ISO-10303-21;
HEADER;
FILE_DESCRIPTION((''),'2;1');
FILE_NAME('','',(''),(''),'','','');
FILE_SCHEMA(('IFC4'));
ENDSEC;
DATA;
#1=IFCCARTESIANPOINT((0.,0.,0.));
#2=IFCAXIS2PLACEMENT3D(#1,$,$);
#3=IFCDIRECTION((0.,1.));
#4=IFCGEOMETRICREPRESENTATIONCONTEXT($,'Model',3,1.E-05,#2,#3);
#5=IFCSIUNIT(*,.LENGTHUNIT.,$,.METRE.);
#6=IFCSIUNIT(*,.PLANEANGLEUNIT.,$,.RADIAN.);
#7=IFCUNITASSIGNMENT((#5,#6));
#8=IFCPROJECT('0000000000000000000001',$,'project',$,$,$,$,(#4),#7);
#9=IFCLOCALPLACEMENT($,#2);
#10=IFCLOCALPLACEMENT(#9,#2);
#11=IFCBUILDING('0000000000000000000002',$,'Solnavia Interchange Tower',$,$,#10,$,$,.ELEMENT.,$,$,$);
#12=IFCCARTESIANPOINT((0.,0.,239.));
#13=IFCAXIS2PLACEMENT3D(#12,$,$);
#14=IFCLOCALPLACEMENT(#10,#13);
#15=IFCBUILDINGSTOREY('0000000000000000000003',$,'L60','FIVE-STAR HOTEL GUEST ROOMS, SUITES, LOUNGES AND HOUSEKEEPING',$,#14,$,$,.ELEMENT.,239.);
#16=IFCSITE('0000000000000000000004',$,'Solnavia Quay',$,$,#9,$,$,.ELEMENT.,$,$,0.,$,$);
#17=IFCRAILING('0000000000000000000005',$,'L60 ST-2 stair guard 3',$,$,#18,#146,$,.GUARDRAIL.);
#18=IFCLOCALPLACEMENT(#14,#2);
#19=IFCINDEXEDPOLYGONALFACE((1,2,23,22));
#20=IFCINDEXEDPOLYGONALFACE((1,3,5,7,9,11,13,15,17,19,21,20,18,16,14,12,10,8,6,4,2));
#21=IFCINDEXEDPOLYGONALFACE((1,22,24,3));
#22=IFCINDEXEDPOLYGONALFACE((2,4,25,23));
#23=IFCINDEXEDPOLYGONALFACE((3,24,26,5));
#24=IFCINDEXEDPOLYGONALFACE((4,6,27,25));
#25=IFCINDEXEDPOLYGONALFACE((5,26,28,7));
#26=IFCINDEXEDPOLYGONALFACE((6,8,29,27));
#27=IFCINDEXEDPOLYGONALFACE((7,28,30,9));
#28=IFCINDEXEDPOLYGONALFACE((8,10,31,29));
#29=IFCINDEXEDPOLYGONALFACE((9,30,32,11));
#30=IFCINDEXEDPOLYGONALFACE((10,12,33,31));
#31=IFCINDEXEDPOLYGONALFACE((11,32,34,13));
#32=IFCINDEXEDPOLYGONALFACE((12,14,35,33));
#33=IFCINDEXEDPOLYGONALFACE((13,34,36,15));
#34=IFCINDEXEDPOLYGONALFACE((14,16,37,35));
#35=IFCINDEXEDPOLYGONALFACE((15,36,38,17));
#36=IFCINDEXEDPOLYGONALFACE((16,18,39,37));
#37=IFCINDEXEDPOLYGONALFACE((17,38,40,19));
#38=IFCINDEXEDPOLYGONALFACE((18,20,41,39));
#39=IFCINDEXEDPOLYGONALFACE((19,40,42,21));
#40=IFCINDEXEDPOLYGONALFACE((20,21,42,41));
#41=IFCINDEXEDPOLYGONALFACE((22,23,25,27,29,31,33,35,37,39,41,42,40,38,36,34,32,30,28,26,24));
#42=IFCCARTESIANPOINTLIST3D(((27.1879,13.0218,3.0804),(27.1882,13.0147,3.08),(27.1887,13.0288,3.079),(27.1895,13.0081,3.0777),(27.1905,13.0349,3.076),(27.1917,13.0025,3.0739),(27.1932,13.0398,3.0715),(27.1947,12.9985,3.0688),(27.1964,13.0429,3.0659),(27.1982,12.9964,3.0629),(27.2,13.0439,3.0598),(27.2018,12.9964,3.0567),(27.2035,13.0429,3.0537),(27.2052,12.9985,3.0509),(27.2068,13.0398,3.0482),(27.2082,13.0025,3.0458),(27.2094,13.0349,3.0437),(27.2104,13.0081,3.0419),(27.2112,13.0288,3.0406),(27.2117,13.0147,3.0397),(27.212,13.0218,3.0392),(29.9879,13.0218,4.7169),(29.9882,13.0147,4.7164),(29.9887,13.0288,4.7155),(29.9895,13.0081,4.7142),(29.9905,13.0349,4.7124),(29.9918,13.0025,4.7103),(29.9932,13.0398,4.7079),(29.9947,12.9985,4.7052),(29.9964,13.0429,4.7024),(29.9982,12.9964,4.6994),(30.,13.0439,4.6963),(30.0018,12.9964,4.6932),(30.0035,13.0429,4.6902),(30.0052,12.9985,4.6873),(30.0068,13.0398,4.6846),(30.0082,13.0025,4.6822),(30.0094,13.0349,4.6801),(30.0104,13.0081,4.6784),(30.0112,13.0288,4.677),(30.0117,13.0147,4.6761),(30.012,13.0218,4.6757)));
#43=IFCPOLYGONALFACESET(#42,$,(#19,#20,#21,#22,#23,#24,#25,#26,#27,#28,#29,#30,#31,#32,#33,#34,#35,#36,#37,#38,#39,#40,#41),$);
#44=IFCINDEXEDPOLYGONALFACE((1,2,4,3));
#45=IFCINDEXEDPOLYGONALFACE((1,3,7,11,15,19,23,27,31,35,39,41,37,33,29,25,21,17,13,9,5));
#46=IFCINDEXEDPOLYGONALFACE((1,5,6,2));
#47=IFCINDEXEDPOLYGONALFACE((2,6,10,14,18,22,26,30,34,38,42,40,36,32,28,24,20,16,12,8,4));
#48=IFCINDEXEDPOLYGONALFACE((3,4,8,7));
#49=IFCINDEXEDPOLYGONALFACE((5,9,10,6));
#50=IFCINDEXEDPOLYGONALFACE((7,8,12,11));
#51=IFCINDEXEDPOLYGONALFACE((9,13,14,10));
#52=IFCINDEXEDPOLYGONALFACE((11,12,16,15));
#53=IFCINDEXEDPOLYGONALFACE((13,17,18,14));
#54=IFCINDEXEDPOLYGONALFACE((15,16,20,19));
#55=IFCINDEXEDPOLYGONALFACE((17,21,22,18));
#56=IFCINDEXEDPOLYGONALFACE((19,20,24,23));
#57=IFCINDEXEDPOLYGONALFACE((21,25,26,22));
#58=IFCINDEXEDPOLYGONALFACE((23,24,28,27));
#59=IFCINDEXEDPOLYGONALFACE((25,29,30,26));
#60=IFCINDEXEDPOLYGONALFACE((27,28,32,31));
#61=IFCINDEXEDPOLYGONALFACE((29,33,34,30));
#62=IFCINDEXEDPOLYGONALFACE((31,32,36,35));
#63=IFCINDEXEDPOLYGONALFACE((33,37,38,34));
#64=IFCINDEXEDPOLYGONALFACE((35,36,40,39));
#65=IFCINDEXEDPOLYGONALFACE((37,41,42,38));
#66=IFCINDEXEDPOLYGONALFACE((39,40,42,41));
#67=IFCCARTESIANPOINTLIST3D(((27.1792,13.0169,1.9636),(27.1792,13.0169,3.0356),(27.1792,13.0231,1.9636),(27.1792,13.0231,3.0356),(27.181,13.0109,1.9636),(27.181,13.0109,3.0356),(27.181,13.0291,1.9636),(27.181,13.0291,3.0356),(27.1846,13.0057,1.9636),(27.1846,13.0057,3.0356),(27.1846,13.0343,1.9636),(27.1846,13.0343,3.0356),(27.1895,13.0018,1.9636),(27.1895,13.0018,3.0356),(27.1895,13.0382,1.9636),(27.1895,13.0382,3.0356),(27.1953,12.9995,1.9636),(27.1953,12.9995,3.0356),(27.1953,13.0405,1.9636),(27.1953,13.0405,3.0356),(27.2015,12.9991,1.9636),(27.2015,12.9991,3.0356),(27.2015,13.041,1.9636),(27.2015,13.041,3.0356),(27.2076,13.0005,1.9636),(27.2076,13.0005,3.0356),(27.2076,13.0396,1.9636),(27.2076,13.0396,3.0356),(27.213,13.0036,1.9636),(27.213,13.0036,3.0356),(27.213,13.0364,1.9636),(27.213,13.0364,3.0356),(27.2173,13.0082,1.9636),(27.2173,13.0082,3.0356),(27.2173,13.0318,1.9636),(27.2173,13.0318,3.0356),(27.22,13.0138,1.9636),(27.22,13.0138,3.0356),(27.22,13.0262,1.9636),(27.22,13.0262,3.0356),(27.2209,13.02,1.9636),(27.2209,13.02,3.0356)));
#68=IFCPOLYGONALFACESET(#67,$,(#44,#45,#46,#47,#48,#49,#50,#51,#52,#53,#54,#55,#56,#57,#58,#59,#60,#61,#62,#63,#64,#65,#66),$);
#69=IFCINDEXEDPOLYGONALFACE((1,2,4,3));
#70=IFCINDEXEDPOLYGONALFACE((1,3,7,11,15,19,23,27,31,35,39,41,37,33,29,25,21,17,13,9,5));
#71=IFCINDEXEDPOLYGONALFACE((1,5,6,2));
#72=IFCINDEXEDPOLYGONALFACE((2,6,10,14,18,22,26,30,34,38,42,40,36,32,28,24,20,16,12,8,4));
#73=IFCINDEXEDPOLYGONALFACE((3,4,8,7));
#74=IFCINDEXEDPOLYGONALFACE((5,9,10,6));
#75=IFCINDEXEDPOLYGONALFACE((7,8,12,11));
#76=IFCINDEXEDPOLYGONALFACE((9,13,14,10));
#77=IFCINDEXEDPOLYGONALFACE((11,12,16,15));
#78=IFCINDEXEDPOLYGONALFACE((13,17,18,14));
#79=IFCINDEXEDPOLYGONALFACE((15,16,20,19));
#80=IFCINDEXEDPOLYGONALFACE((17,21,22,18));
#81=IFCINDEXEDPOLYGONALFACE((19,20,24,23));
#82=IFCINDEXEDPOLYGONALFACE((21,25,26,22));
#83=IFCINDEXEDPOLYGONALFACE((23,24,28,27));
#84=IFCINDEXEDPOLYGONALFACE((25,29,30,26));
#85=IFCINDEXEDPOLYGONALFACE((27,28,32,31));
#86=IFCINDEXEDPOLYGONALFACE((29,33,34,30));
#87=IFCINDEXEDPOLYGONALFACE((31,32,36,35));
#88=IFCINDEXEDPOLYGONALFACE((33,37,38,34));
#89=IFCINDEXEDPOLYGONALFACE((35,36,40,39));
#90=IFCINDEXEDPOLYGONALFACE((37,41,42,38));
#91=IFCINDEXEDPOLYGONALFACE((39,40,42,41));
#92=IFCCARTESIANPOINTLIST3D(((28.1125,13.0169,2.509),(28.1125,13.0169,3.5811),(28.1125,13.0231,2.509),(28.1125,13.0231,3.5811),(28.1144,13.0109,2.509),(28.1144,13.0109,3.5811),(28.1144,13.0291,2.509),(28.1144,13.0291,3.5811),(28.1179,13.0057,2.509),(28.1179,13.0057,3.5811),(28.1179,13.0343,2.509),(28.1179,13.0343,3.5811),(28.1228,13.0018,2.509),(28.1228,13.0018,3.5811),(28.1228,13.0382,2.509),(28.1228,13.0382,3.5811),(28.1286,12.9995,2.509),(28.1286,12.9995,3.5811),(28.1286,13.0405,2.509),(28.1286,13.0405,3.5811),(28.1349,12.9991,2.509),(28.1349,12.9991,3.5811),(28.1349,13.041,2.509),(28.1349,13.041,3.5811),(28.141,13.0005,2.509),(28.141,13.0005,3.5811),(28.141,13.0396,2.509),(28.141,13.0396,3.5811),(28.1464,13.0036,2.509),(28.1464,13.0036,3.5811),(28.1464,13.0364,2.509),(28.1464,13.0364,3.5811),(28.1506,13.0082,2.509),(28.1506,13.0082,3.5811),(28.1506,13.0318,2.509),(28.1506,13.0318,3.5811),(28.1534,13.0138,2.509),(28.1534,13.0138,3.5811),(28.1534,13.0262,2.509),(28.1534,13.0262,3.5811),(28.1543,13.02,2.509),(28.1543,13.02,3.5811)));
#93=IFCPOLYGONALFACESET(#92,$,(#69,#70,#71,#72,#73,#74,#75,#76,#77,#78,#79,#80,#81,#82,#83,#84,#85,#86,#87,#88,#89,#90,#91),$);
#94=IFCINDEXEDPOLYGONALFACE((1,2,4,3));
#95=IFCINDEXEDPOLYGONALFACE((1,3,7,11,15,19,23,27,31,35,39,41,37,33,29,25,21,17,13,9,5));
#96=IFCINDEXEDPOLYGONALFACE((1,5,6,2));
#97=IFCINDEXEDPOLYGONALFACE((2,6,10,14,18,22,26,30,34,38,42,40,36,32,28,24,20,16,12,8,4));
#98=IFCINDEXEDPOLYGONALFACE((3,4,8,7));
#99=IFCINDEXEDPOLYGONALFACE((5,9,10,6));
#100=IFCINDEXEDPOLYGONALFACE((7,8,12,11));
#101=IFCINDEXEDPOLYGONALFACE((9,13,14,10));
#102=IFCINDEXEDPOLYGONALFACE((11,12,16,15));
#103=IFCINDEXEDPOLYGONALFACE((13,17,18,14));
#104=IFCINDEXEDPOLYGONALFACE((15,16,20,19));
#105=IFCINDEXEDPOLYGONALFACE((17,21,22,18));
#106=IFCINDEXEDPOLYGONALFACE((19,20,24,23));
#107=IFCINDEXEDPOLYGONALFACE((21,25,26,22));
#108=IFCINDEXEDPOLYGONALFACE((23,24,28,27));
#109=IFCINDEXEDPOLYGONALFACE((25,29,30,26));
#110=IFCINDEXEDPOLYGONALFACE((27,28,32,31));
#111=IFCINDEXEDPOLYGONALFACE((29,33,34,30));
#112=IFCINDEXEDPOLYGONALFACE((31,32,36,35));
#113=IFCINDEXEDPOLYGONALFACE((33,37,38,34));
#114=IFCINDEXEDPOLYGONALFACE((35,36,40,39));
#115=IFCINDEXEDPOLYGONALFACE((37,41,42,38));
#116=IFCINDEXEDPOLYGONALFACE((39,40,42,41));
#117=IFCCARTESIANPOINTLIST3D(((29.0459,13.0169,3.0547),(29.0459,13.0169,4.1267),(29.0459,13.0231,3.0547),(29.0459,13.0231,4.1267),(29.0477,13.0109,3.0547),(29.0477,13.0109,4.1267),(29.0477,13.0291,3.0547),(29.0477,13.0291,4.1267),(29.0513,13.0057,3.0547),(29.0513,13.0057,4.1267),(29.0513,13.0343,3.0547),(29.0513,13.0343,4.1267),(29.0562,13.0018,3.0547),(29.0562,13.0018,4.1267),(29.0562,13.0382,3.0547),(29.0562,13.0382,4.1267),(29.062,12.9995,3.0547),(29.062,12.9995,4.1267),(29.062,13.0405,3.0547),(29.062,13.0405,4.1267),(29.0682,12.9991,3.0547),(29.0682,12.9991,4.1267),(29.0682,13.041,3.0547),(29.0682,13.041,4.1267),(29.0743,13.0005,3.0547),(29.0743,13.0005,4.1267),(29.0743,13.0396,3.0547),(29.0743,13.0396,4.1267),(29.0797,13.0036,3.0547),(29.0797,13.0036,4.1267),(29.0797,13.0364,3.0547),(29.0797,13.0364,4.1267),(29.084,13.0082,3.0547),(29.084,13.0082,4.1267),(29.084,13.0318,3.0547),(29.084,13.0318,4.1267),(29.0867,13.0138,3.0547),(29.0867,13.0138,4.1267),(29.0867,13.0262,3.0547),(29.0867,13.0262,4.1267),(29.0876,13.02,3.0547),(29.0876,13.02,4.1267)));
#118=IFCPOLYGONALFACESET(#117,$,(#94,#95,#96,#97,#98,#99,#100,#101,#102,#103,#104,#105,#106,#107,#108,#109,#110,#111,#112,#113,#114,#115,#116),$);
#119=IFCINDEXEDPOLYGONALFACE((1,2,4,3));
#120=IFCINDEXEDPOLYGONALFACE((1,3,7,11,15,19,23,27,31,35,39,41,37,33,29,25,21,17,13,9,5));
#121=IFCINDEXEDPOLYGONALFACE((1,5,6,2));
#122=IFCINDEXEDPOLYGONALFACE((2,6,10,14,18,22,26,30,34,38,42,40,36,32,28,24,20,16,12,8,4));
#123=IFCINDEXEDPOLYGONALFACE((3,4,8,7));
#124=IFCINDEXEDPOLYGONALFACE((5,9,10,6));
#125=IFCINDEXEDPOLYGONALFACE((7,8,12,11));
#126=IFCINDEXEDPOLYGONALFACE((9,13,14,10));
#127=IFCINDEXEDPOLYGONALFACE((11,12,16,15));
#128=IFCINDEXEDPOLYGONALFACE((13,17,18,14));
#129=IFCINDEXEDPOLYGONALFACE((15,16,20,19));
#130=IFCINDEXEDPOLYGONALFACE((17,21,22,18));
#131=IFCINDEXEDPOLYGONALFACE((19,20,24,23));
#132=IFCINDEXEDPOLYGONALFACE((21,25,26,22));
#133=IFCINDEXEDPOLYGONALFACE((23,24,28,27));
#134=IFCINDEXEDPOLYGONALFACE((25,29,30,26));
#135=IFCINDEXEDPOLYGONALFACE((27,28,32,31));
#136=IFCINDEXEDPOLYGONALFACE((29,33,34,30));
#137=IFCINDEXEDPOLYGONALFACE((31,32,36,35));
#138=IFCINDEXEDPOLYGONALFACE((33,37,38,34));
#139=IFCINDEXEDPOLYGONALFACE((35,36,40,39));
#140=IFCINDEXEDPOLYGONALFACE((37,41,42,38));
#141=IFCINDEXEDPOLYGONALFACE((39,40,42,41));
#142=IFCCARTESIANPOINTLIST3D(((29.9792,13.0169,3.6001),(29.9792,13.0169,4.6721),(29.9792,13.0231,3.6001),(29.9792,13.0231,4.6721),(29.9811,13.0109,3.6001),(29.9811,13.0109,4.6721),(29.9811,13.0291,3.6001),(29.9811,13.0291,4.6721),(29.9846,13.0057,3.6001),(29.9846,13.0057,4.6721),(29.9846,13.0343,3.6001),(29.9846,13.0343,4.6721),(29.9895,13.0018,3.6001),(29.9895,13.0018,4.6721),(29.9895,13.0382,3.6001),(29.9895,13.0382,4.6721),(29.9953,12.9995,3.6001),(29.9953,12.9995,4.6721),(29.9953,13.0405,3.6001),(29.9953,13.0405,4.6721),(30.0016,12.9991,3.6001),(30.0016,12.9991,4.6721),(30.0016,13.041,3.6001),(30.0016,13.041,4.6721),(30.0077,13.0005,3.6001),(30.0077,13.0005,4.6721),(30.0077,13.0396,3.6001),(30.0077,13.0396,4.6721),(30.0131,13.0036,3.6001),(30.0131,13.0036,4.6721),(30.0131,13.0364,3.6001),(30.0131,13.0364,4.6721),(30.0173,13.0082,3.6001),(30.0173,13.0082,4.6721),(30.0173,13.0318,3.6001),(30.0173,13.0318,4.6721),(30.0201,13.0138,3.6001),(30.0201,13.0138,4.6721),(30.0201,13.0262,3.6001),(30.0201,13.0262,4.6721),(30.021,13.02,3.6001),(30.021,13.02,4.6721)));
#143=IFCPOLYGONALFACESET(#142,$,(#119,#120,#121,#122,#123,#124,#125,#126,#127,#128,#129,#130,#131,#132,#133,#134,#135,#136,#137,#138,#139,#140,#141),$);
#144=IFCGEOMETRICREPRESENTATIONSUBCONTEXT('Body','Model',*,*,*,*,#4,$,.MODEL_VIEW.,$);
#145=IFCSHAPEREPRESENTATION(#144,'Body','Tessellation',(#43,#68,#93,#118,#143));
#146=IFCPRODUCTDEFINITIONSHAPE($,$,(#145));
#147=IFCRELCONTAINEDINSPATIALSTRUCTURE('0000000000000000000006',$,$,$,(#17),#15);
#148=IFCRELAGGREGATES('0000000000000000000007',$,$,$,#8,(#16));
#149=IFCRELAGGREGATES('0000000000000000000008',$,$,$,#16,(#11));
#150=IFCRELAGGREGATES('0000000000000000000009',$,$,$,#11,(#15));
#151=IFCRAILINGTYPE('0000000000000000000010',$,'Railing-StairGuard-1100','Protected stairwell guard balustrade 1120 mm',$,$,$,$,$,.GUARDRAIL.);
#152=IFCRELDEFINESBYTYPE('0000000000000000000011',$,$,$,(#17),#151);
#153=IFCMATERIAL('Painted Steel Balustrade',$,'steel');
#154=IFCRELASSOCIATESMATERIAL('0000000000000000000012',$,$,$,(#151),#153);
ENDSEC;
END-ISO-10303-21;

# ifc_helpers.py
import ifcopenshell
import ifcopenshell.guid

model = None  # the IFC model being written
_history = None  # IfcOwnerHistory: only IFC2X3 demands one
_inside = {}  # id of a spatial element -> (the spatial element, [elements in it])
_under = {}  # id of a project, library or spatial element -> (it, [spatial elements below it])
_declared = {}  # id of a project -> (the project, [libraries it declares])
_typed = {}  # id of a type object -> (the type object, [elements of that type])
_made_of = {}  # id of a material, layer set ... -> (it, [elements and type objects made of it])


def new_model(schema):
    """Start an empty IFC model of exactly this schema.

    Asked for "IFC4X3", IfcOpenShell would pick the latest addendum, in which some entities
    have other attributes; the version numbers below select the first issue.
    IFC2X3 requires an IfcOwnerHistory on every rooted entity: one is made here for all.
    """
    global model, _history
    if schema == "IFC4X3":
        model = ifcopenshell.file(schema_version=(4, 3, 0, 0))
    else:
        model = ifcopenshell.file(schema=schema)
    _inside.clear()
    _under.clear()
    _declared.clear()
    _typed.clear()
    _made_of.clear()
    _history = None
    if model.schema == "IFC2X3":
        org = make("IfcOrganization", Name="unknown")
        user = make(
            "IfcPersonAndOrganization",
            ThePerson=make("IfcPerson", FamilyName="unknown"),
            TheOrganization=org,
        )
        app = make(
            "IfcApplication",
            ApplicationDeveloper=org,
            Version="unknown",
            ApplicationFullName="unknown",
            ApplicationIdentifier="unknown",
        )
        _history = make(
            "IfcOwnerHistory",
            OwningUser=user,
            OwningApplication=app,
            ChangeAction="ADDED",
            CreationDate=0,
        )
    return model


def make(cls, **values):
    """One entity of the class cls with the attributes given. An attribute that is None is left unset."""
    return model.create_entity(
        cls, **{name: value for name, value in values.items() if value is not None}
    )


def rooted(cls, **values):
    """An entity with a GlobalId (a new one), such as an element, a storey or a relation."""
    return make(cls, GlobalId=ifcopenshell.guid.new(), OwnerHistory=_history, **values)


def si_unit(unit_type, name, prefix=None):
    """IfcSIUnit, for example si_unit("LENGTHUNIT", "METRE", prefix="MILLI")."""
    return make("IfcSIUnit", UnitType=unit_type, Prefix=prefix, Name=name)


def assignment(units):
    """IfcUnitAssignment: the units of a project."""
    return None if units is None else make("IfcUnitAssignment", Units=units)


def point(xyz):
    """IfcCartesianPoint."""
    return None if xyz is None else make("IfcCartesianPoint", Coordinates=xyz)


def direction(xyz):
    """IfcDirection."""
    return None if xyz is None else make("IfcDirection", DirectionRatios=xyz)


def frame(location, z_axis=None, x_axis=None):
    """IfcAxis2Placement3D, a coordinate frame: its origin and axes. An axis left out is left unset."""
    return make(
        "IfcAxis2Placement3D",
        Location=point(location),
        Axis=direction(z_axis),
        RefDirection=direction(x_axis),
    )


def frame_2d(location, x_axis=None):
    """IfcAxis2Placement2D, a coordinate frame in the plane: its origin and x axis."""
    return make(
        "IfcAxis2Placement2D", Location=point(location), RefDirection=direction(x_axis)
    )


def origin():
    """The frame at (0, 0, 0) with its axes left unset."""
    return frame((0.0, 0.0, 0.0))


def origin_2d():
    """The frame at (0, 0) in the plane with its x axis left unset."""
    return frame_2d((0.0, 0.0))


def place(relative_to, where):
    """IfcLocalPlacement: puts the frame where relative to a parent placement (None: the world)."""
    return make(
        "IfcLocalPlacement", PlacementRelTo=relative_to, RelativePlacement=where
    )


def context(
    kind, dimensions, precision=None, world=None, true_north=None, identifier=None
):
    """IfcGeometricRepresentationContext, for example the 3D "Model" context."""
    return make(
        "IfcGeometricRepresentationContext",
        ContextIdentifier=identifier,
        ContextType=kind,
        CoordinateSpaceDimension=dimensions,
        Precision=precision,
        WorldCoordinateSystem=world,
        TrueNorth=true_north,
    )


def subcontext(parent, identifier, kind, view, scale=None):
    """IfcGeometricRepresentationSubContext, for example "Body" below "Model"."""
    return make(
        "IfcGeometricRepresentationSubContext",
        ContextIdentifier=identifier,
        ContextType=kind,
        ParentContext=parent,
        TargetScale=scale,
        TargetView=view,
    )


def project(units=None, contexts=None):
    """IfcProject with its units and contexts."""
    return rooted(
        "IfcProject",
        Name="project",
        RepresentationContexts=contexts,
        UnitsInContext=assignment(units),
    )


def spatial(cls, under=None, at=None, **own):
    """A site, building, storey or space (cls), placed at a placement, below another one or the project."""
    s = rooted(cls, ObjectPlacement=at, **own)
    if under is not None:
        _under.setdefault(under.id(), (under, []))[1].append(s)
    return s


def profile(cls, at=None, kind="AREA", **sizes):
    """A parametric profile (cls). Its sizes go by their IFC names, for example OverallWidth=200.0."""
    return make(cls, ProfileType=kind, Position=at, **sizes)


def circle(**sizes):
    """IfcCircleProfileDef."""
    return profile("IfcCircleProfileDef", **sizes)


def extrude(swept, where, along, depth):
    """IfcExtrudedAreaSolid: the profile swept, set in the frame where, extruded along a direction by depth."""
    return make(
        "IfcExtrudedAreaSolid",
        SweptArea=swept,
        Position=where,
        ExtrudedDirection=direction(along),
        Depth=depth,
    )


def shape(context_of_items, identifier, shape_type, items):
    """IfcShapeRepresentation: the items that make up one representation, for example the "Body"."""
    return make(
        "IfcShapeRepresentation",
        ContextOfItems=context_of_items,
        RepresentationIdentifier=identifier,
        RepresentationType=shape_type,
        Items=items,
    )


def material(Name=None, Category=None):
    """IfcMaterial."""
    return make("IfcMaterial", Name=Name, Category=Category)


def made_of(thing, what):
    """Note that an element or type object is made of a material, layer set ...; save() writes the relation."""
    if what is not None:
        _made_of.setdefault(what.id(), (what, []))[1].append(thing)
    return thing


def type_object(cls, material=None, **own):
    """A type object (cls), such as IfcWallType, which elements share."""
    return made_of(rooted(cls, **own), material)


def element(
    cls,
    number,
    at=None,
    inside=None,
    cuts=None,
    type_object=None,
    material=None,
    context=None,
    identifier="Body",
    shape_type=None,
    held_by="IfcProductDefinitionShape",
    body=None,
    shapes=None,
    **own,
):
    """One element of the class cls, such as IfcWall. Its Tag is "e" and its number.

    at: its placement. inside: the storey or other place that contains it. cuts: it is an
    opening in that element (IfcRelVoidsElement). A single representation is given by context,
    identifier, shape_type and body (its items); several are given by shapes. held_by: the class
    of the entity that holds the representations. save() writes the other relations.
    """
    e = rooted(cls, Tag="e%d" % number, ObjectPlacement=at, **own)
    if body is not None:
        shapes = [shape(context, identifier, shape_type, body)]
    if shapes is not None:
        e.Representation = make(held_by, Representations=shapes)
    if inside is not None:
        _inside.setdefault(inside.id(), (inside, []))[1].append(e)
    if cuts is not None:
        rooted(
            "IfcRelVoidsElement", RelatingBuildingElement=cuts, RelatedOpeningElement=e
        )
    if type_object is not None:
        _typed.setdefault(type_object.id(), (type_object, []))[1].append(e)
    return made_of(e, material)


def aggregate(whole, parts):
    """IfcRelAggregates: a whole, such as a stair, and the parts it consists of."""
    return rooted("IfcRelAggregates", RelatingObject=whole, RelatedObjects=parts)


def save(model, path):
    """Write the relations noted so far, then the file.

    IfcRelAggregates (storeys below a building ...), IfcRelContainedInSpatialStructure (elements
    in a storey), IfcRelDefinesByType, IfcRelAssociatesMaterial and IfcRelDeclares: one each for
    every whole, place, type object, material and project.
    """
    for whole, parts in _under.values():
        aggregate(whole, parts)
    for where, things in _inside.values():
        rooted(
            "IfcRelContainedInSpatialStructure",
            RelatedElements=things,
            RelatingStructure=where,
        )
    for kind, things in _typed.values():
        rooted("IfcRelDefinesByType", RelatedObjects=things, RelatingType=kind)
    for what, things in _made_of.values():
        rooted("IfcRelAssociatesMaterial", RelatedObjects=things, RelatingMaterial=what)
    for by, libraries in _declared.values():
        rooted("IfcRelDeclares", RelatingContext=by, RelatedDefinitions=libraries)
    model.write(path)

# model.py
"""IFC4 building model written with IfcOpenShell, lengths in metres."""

from ifc_helpers import new_model, si_unit, direction, frame, origin, origin_2d, place, context, subcontext, project, spatial, circle, extrude, material, type_object, element, save


model = new_model("IFC4")

# Units and contexts
model_context = context("Model", 3, precision=1e-05, world=origin(), true_north=direction((0.0, 1.0)))
body_context = subcontext(model_context, "Body", "Model", "MODEL_VIEW")
ifc_project = project(units=[si_unit("LENGTHUNIT", "METRE"), si_unit("PLANEANGLEUNIT", "RADIAN")], contexts=[model_context])

# Site, building, storey
site_placement = place(None, origin())
site = spatial("IfcSite", under=ifc_project, at=site_placement, Name="Solnavia Quay", CompositionType="ELEMENT", RefElevation=0.0)
building_placement = place(site_placement, origin())
building = spatial("IfcBuilding", under=site, at=building_placement, Name="Solnavia Interchange Tower", CompositionType="ELEMENT")
storey_placement = place(building_placement, frame((0.0, 0.0, 239.0)))
storey = spatial("IfcBuildingStorey", under=building, at=storey_placement, Name="L60", Description="FIVE-STAR HOTEL GUEST ROOMS, SUITES, LOUNGES AND HOUSEKEEPING", CompositionType="ELEMENT", Elevation=239.0)

# Railing
ifc_material_1 = material(Name="Painted Steel Balustrade", Category="steel")
railing_type_1 = type_object("IfcRailingType", Name="Railing-StairGuard-1100", Description="Protected stairwell guard balustrade 1120 mm", PredefinedType="GUARDRAIL", material=ifc_material_1)
railing_1_placement = place(storey_placement, frame((27.2, 13.02, 1.9636)))
element("IfcRailing", 1, at=railing_1_placement, inside=storey, type_object=railing_type_1, Name="L60 ST-2 stair guard 3", PredefinedType="GUARDRAIL", context=body_context, shape_type="SweptSolid", body=[
    extrude(circle(Radius=0.0239, at=origin_2d()), frame((0.0, 0.0, 1.0962), z_axis=(0.863361, 0.0, 0.504587), x_axis=(0.0, 1.0, 0.0)), (0.0, 0.0, 1.0), 3.2432),
    extrude(circle(Radius=0.021, at=origin_2d()), origin(), (0.0, 0.0, 1.0), 1.072),
    extrude(circle(Radius=0.021, at=origin_2d()), frame((0.9333, 0.0, 0.5454)), (0.0, 0.0, 1.0), 1.072),
    extrude(circle(Radius=0.021, at=origin_2d()), frame((1.8667, 0.0, 1.0911)), (0.0, 0.0, 1.0), 1.072),
    extrude(circle(Radius=0.021, at=origin_2d()), frame((2.8, 0.0, 1.6365)), (0.0, 0.0, 1.0), 1.072),
])

save(model, "model.ifc")
